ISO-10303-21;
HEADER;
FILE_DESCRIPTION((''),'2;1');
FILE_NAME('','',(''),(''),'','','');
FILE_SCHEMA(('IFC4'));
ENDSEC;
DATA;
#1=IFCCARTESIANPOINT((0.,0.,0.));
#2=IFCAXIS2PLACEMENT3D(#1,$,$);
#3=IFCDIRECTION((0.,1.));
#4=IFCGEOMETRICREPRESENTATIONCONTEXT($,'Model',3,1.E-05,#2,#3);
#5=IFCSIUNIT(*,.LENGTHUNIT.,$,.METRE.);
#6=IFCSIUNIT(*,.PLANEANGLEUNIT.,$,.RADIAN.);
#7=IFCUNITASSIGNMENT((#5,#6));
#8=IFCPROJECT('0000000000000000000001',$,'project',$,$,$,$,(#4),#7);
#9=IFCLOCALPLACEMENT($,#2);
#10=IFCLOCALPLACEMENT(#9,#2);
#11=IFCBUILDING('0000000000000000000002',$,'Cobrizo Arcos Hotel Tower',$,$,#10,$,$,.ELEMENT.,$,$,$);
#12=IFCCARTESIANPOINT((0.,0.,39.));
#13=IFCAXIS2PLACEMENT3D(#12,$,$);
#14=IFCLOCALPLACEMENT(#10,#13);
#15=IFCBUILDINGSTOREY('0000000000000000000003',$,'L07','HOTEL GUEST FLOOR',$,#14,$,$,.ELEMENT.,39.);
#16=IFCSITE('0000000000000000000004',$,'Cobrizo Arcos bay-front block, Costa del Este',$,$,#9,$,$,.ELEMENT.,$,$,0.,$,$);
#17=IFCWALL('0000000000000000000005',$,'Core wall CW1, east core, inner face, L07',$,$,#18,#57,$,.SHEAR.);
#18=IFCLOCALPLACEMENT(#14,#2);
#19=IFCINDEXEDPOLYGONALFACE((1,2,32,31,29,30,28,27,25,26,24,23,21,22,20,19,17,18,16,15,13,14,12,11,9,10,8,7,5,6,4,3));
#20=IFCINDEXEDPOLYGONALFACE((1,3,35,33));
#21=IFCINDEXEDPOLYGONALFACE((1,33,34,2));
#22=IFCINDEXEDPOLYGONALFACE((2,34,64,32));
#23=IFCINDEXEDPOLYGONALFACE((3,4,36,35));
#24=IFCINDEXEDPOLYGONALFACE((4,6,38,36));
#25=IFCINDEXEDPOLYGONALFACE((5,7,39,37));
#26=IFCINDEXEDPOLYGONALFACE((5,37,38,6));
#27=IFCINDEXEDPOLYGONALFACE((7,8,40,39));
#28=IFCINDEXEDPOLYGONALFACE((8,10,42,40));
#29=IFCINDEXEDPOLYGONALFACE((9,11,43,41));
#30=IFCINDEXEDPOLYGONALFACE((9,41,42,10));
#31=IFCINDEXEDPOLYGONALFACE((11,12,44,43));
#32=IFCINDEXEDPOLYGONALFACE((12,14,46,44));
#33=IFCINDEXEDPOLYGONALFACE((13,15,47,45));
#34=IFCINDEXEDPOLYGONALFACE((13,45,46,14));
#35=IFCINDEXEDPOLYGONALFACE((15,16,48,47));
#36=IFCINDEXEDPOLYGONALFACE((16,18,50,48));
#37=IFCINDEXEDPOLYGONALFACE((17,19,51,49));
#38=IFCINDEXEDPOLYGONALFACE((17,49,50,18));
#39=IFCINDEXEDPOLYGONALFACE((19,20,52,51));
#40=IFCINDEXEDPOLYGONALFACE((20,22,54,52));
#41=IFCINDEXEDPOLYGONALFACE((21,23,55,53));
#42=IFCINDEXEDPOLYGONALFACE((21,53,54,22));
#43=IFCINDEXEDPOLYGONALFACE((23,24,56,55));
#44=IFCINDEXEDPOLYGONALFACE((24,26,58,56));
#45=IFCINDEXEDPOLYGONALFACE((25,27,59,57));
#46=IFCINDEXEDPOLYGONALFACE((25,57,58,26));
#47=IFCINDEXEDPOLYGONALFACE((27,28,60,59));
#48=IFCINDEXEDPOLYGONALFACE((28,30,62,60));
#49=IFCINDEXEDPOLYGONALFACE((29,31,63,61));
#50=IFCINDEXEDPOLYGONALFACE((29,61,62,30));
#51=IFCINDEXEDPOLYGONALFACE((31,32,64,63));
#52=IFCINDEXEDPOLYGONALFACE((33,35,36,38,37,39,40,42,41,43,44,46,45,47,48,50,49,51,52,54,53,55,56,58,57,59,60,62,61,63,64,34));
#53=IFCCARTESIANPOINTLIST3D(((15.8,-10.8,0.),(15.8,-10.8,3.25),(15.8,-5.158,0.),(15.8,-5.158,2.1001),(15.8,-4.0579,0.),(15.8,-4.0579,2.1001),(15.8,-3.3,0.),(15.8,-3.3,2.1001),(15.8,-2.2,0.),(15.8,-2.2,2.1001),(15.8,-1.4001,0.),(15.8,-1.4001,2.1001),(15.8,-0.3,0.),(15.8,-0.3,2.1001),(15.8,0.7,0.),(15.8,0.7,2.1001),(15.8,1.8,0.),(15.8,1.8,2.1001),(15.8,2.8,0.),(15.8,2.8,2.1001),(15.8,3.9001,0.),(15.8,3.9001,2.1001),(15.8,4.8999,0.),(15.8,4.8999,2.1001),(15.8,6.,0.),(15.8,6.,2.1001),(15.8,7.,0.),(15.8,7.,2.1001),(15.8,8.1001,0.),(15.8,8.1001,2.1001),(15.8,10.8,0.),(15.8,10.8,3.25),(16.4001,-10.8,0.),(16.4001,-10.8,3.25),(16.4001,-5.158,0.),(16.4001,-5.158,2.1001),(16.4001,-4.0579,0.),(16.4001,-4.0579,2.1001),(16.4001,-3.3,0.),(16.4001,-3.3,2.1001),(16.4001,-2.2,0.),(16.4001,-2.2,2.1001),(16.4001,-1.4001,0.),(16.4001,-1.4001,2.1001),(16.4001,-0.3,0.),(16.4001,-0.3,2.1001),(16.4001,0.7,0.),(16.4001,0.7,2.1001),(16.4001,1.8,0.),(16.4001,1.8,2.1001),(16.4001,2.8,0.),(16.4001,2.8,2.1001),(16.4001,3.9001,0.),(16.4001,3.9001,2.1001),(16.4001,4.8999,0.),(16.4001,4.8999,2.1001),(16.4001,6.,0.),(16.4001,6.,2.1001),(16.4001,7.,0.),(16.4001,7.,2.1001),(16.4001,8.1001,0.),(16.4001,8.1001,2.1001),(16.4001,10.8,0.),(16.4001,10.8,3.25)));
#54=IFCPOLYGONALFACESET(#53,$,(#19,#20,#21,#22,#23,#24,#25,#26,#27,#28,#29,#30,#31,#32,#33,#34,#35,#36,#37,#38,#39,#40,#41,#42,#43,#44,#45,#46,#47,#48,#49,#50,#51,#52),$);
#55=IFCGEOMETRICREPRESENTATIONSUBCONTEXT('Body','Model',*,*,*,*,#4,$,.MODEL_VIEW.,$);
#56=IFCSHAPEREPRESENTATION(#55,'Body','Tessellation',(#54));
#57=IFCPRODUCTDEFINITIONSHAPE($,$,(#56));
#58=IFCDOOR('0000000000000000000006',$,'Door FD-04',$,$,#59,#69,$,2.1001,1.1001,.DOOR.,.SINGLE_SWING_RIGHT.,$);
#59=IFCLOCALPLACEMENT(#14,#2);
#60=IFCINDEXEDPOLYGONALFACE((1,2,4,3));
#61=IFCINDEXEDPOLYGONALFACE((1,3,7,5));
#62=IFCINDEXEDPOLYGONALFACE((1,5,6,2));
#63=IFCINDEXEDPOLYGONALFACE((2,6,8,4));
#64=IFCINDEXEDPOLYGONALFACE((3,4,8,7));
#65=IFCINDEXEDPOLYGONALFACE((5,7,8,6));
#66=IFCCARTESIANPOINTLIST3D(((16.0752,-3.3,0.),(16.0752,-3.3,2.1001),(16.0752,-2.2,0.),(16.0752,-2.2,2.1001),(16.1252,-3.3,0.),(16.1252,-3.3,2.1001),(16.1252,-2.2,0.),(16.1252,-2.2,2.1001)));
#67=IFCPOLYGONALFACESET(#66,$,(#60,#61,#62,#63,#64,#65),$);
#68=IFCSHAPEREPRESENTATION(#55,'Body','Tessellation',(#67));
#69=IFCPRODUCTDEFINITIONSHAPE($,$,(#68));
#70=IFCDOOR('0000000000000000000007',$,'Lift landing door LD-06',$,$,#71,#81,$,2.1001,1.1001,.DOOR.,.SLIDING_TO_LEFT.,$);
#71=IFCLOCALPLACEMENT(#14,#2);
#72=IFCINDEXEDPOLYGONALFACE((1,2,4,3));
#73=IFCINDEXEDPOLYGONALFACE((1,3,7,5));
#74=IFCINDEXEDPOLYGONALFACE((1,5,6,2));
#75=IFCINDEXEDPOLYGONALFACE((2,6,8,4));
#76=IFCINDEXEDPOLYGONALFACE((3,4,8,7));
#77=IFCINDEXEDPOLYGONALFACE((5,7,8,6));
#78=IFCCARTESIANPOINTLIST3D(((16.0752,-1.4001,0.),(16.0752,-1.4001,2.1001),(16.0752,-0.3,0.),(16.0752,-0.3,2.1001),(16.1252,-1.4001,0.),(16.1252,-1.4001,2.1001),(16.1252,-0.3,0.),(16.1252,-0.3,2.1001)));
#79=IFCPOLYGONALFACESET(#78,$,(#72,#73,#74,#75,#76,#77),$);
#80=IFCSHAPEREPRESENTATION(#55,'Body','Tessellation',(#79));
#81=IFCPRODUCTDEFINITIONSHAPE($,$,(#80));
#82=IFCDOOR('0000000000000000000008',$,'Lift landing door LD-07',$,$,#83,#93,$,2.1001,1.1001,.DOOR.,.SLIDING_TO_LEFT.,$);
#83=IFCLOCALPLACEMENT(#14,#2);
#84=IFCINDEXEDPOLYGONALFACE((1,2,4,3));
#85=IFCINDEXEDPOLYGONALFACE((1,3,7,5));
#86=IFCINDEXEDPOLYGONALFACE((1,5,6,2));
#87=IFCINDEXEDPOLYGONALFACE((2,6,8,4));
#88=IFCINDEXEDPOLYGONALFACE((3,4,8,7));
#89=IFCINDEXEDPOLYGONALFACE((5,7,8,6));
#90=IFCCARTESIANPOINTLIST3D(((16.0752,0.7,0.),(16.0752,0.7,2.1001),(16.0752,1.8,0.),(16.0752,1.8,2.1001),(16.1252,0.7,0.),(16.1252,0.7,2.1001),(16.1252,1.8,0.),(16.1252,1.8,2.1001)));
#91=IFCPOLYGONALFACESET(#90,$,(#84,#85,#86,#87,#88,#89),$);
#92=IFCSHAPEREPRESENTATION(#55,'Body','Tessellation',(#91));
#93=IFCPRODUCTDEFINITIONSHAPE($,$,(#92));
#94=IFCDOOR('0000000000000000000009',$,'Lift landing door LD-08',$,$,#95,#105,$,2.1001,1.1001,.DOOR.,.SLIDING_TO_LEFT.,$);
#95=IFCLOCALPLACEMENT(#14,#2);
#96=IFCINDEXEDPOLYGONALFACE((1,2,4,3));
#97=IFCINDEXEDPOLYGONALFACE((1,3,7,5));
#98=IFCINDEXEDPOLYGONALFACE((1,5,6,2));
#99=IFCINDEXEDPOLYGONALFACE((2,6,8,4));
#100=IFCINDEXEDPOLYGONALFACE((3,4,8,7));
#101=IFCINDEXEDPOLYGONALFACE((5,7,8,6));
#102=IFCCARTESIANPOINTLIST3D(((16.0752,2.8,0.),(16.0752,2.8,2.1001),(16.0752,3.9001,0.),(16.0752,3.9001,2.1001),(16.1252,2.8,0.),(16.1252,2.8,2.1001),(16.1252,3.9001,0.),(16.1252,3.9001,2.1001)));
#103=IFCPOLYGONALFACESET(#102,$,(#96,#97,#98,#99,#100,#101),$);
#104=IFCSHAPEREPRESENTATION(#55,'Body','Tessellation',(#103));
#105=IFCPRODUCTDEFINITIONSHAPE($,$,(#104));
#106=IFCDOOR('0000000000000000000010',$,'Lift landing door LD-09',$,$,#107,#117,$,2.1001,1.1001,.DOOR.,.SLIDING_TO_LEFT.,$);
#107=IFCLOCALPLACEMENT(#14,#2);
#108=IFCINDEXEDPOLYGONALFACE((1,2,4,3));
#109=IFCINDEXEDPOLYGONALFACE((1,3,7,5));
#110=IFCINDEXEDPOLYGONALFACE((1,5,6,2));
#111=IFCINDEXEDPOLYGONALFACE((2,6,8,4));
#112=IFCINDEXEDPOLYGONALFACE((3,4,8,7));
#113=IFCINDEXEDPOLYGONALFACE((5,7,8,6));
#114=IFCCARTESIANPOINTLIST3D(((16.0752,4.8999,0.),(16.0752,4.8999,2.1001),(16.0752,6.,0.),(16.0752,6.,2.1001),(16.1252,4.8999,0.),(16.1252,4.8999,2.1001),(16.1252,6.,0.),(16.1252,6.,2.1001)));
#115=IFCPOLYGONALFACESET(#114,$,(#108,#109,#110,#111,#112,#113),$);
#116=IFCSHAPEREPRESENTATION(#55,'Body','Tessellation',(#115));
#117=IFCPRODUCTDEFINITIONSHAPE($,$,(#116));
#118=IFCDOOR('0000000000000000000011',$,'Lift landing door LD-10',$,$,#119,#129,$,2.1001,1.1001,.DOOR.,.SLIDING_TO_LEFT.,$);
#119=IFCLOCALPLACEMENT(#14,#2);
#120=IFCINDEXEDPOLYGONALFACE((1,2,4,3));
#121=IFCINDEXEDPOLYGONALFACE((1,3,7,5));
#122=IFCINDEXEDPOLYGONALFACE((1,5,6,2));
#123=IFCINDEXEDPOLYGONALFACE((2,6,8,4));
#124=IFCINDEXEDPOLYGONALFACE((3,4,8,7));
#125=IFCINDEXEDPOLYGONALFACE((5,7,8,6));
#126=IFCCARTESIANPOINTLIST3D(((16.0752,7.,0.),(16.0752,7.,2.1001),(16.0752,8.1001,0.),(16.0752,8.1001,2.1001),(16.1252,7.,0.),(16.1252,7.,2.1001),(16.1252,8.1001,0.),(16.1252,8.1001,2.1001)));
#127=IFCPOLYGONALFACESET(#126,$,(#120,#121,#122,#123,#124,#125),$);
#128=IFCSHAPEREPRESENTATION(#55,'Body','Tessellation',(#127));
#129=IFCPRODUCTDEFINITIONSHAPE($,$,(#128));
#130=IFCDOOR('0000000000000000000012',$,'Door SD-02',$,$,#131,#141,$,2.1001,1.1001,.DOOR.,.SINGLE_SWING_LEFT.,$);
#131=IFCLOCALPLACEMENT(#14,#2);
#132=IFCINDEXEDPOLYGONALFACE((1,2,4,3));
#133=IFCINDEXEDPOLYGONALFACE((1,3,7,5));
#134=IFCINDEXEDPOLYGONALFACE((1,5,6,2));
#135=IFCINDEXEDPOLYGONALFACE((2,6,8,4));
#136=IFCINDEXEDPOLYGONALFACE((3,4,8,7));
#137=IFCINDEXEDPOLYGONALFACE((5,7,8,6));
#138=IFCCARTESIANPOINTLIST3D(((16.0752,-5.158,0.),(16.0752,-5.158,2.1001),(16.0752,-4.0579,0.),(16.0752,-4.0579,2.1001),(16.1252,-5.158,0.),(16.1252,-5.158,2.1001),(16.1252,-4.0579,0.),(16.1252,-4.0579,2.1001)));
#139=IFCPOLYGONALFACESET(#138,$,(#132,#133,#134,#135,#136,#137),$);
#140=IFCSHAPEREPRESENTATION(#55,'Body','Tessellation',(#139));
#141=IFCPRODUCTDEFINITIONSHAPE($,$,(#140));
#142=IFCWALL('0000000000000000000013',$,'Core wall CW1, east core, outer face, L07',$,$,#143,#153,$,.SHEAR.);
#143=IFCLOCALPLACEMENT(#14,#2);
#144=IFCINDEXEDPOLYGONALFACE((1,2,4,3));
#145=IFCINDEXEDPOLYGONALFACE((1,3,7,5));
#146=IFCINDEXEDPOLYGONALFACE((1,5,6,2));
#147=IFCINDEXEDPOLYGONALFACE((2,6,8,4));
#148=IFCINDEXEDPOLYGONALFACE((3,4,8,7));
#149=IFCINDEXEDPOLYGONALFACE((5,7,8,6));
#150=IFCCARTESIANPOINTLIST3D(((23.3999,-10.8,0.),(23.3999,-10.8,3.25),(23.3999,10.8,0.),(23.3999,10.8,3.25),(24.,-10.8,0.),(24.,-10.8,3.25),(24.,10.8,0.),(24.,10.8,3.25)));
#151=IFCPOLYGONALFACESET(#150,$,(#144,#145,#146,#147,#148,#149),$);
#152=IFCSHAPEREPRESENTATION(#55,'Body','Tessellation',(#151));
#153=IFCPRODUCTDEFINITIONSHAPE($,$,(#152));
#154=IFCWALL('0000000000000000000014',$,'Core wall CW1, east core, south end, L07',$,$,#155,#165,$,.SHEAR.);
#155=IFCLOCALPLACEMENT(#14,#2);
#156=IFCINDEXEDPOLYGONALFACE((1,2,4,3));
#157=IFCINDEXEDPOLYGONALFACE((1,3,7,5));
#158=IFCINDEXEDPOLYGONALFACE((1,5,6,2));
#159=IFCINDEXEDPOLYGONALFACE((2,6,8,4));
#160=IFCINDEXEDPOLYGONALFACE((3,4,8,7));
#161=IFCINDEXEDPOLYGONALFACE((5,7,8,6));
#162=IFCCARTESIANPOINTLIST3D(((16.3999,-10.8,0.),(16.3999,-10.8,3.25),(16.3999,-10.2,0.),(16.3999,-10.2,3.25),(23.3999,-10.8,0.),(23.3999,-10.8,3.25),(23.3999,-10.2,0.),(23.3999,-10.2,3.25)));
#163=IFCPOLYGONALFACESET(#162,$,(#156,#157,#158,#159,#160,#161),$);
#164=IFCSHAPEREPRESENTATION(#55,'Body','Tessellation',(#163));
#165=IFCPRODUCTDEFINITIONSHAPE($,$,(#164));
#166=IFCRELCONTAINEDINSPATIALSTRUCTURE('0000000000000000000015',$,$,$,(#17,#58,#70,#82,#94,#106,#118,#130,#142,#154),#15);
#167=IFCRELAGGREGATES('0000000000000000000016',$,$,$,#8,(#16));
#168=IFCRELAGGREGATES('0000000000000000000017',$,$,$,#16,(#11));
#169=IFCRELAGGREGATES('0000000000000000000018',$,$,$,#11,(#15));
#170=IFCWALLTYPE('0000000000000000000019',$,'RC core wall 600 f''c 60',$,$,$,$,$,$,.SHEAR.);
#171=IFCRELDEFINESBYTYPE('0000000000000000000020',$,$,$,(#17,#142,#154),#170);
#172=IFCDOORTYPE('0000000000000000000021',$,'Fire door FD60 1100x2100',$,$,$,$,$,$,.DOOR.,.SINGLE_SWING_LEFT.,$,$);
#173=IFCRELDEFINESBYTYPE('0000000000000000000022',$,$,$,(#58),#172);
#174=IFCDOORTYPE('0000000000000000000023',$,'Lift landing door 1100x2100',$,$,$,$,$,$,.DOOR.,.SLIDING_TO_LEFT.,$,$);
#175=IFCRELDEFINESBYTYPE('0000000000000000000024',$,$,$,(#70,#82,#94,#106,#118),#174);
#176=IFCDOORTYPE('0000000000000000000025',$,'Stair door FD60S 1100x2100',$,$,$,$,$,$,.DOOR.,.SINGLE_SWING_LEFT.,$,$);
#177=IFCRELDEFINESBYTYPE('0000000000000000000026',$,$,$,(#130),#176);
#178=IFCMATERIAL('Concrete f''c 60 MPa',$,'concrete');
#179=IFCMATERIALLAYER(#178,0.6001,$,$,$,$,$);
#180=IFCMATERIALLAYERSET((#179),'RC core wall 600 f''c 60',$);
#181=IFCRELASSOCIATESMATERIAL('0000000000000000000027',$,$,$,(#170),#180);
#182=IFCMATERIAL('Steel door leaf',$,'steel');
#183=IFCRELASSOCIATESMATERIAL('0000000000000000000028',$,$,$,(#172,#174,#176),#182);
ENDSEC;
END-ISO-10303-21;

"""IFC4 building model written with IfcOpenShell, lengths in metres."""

from ifc_helpers import new_model, si_unit, direction, frame, frame_2d, origin, place, context, subcontext, project, spatial, rectangle, extrude, material, layer, layer_set, type_object, element, fill, save


model = new_model("IFC4")

# Units and contexts
model_context = context("Model", 3, precision=1e-05, world=origin(), true_north=direction((0.0, 1.0)))
body_context = subcontext(model_context, "Body", "Model", "MODEL_VIEW")
ifc_project = project(units=[si_unit("LENGTHUNIT", "METRE"), si_unit("PLANEANGLEUNIT", "RADIAN")], contexts=[model_context])

# Site, building, storey
site_placement = place(None, origin())
site = spatial("IfcSite", under=ifc_project, at=site_placement, Name="Cobrizo Arcos bay-front block, Costa del Este", CompositionType="ELEMENT", RefElevation=0.0)
building_placement = place(site_placement, origin())
building = spatial("IfcBuilding", under=site, at=building_placement, Name="Cobrizo Arcos Hotel Tower", CompositionType="ELEMENT")
storey_placement = place(building_placement, frame((0.0, 0.0, 39.0)))
storey = spatial("IfcBuildingStorey", under=building, at=storey_placement, Name="L07", Description="HOTEL GUEST FLOOR", CompositionType="ELEMENT", Elevation=39.0)

# Wall, openings, doors
ifc_material_1 = material(Name="Concrete f'c 60 MPa", Category="concrete")
ifc_layer_1 = layer(ifc_material_1, 0.6001)
ifc_layer_set_1 = layer_set([ifc_layer_1], Name="RC core wall 600 f'c 60")
wall_type_1 = type_object("IfcWallType", Name="RC core wall 600 f'c 60", PredefinedType="SHEAR", material=ifc_layer_set_1)
wall_1_placement = place(storey_placement, frame((16.1001, -10.8, 0.0), z_axis=(0.0, 0.0, 1.0), x_axis=(0.0, 1.0, 0.0)))
wall_1 = element("IfcWall", 1, at=wall_1_placement, inside=storey, type_object=wall_type_1, Name="Core wall CW1, east core, inner face, L07", PredefinedType="SHEAR", context=body_context, shape_type="SweptSolid", body=[
    extrude(rectangle(XDim=21.6001, YDim=0.6001, at=frame_2d((10.8, 0.0))), origin(), (0.0, 0.0, 1.0), 3.25),
])
opening_1_placement = place(wall_1_placement, frame((9.3999, 0.0, 0.0)))
opening_1 = element("IfcOpeningElement", 2, at=opening_1_placement, cuts=wall_1, PredefinedType="OPENING", context=body_context, shape_type="SweptSolid", body=[
    extrude(rectangle(XDim=1.1001, YDim=2.1001, at=frame_2d((0.55, 1.05))), frame((0.0, 0.312, 0.0), z_axis=(0.0, -1.0, 0.0), x_axis=(1.0, 0.0, 0.0)), (0.0, 0.0, 1.0), 0.624),
])
opening_2_placement = place(wall_1_placement, frame((11.5, 0.0, 0.0)))
opening_2 = element("IfcOpeningElement", 3, at=opening_2_placement, cuts=wall_1, PredefinedType="OPENING", context=body_context, shape_type="SweptSolid", body=[
    extrude(rectangle(XDim=1.1001, YDim=2.1001, at=frame_2d((0.55, 1.05))), frame((0.0, 0.312, 0.0), z_axis=(0.0, -1.0, 0.0), x_axis=(1.0, 0.0, 0.0)), (0.0, 0.0, 1.0), 0.624),
])
opening_3_placement = place(wall_1_placement, frame((13.6001, 0.0, 0.0)))
opening_3 = element("IfcOpeningElement", 4, at=opening_3_placement, cuts=wall_1, PredefinedType="OPENING", context=body_context, shape_type="SweptSolid", body=[
    extrude(rectangle(XDim=1.1001, YDim=2.1001, at=frame_2d((0.55, 1.05))), frame((0.0, 0.312, 0.0), z_axis=(0.0, -1.0, 0.0), x_axis=(1.0, 0.0, 0.0)), (0.0, 0.0, 1.0), 0.624),
])
opening_4_placement = place(wall_1_placement, frame((15.7, 0.0, 0.0)))
opening_4 = element("IfcOpeningElement", 5, at=opening_4_placement, cuts=wall_1, PredefinedType="OPENING", context=body_context, shape_type="SweptSolid", body=[
    extrude(rectangle(XDim=1.1001, YDim=2.1001, at=frame_2d((0.55, 1.05))), frame((0.0, 0.312, 0.0), z_axis=(0.0, -1.0, 0.0), x_axis=(1.0, 0.0, 0.0)), (0.0, 0.0, 1.0), 0.624),
])
opening_5_placement = place(wall_1_placement, frame((17.8, 0.0, 0.0)))
opening_5 = element("IfcOpeningElement", 6, at=opening_5_placement, cuts=wall_1, PredefinedType="OPENING", context=body_context, shape_type="SweptSolid", body=[
    extrude(rectangle(XDim=1.1001, YDim=2.1001, at=frame_2d((0.55, 1.05))), frame((0.0, 0.312, 0.0), z_axis=(0.0, -1.0, 0.0), x_axis=(1.0, 0.0, 0.0)), (0.0, 0.0, 1.0), 0.624),
])
opening_6_placement = place(wall_1_placement, frame((5.6421, 0.0, 0.0)))
opening_6 = element("IfcOpeningElement", 7, at=opening_6_placement, cuts=wall_1, PredefinedType="OPENING", context=body_context, shape_type="SweptSolid", body=[
    extrude(rectangle(XDim=1.1001, YDim=2.1001, at=frame_2d((0.55, 1.05))), frame((0.0, 0.312, 0.0), z_axis=(0.0, -1.0, 0.0), x_axis=(1.0, 0.0, 0.0)), (0.0, 0.0, 1.0), 0.624),
])
opening_7_placement = place(wall_1_placement, frame((7.5, 0.0, 0.0)))
opening_7 = element("IfcOpeningElement", 8, at=opening_7_placement, cuts=wall_1, PredefinedType="OPENING", context=body_context, shape_type="SweptSolid", body=[
    extrude(rectangle(XDim=1.1001, YDim=2.1001, at=frame_2d((0.55, 1.05))), frame((0.0, 0.312, 0.0), z_axis=(0.0, -1.0, 0.0), x_axis=(1.0, 0.0, 0.0)), (0.0, 0.0, 1.0), 0.624),
])
ifc_material_2 = material(Name="Steel door leaf", Category="steel")
door_type_1 = type_object("IfcDoorType", Name="Fire door FD60 1100x2100", OperationType="SINGLE_SWING_LEFT", PredefinedType="DOOR", material=ifc_material_2)
door_1_placement = place(opening_7_placement, origin())
door_1 = element("IfcDoor", 9, at=door_1_placement, inside=storey, type_object=door_type_1, Name="Door FD-04", OperationType="SINGLE_SWING_RIGHT", OverallHeight=2.1001, OverallWidth=1.1001, PredefinedType="DOOR", context=body_context, shape_type="SweptSolid", body=[
    extrude(rectangle(XDim=1.1001, YDim=2.1001, at=frame_2d((0.55, 1.05))), frame((0.0, 0.0249, 0.0), z_axis=(0.0, -1.0, 0.0), x_axis=(1.0, 0.0, 0.0)), (0.0, 0.0, 1.0), 0.05),
])
fill(opening_7, door_1)
door_type_2 = type_object("IfcDoorType", Name="Lift landing door 1100x2100", OperationType="SLIDING_TO_LEFT", PredefinedType="DOOR", material=ifc_material_2)
door_2_placement = place(opening_1_placement, origin())
door_2 = element("IfcDoor", 10, at=door_2_placement, inside=storey, type_object=door_type_2, Name="Lift landing door LD-06", OperationType="SLIDING_TO_LEFT", OverallHeight=2.1001, OverallWidth=1.1001, PredefinedType="DOOR", context=body_context, shape_type="SweptSolid", body=[
    extrude(rectangle(XDim=1.1001, YDim=2.1001, at=frame_2d((0.55, 1.05))), frame((0.0, 0.0249, 0.0), z_axis=(0.0, -1.0, 0.0), x_axis=(1.0, 0.0, 0.0)), (0.0, 0.0, 1.0), 0.05),
])
fill(opening_1, door_2)
door_3_placement = place(opening_2_placement, origin())
door_3 = element("IfcDoor", 11, at=door_3_placement, inside=storey, type_object=door_type_2, Name="Lift landing door LD-07", OperationType="SLIDING_TO_LEFT", OverallHeight=2.1001, OverallWidth=1.1001, PredefinedType="DOOR", context=body_context, shape_type="SweptSolid", body=[
    extrude(rectangle(XDim=1.1001, YDim=2.1001, at=frame_2d((0.55, 1.05))), frame((0.0, 0.0249, 0.0), z_axis=(0.0, -1.0, 0.0), x_axis=(1.0, 0.0, 0.0)), (0.0, 0.0, 1.0), 0.05),
])
fill(opening_2, door_3)
door_4_placement = place(opening_3_placement, origin())
door_4 = element("IfcDoor", 12, at=door_4_placement, inside=storey, type_object=door_type_2, Name="Lift landing door LD-08", OperationType="SLIDING_TO_LEFT", OverallHeight=2.1001, OverallWidth=1.1001, PredefinedType="DOOR", context=body_context, shape_type="SweptSolid", body=[
    extrude(rectangle(XDim=1.1001, YDim=2.1001, at=frame_2d((0.55, 1.05))), frame((0.0, 0.0249, 0.0), z_axis=(0.0, -1.0, 0.0), x_axis=(1.0, 0.0, 0.0)), (0.0, 0.0, 1.0), 0.05),
])
fill(opening_3, door_4)
door_5_placement = place(opening_4_placement, origin())
door_5 = element("IfcDoor", 13, at=door_5_placement, inside=storey, type_object=door_type_2, Name="Lift landing door LD-09", OperationType="SLIDING_TO_LEFT", OverallHeight=2.1001, OverallWidth=1.1001, PredefinedType="DOOR", context=body_context, shape_type="SweptSolid", body=[
    extrude(rectangle(XDim=1.1001, YDim=2.1001, at=frame_2d((0.55, 1.05))), frame((0.0, 0.0249, 0.0), z_axis=(0.0, -1.0, 0.0), x_axis=(1.0, 0.0, 0.0)), (0.0, 0.0, 1.0), 0.05),
])
fill(opening_4, door_5)
door_6_placement = place(opening_5_placement, origin())
door_6 = element("IfcDoor", 14, at=door_6_placement, inside=storey, type_object=door_type_2, Name="Lift landing door LD-10", OperationType="SLIDING_TO_LEFT", OverallHeight=2.1001, OverallWidth=1.1001, PredefinedType="DOOR", context=body_context, shape_type="SweptSolid", body=[
    extrude(rectangle(XDim=1.1001, YDim=2.1001, at=frame_2d((0.55, 1.05))), frame((0.0, 0.0249, 0.0), z_axis=(0.0, -1.0, 0.0), x_axis=(1.0, 0.0, 0.0)), (0.0, 0.0, 1.0), 0.05),
])
fill(opening_5, door_6)
door_type_3 = type_object("IfcDoorType", Name="Stair door FD60S 1100x2100", OperationType="SINGLE_SWING_LEFT", PredefinedType="DOOR", material=ifc_material_2)
door_7_placement = place(opening_6_placement, origin())
door_7 = element("IfcDoor", 15, at=door_7_placement, inside=storey, type_object=door_type_3, Name="Door SD-02", OperationType="SINGLE_SWING_LEFT", OverallHeight=2.1001, OverallWidth=1.1001, PredefinedType="DOOR", context=body_context, shape_type="SweptSolid", body=[
    extrude(rectangle(XDim=1.1001, YDim=2.1001, at=frame_2d((0.55, 1.05))), frame((0.0, 0.0249, 0.0), z_axis=(0.0, -1.0, 0.0), x_axis=(1.0, 0.0, 0.0)), (0.0, 0.0, 1.0), 0.05),
])
fill(opening_6, door_7)

# Walls
wall_2_placement = place(storey_placement, frame((23.7, -10.8, 0.0), z_axis=(0.0, 0.0, 1.0), x_axis=(0.0, 1.0, 0.0)))
element("IfcWall", 16, at=wall_2_placement, inside=storey, type_object=wall_type_1, Name="Core wall CW1, east core, outer face, L07", PredefinedType="SHEAR", context=body_context, shape_type="SweptSolid", body=[
    extrude(rectangle(XDim=21.6001, YDim=0.6001, at=frame_2d((10.8, 0.0))), origin(), (0.0, 0.0, 1.0), 3.25),
])
wall_3_placement = place(storey_placement, frame((16.3999, -10.5, 0.0), z_axis=(0.0, 0.0, 1.0), x_axis=(1.0, 0.0, 0.0)))
element("IfcWall", 17, at=wall_3_placement, inside=storey, type_object=wall_type_1, Name="Core wall CW1, east core, south end, L07", PredefinedType="SHEAR", context=body_context, shape_type="SweptSolid", body=[
    extrude(rectangle(XDim=7.0, YDim=0.6001, at=frame_2d((3.5, 0.0))), origin(), (0.0, 0.0, 1.0), 3.25),
])

save(model, "model.ifc")
